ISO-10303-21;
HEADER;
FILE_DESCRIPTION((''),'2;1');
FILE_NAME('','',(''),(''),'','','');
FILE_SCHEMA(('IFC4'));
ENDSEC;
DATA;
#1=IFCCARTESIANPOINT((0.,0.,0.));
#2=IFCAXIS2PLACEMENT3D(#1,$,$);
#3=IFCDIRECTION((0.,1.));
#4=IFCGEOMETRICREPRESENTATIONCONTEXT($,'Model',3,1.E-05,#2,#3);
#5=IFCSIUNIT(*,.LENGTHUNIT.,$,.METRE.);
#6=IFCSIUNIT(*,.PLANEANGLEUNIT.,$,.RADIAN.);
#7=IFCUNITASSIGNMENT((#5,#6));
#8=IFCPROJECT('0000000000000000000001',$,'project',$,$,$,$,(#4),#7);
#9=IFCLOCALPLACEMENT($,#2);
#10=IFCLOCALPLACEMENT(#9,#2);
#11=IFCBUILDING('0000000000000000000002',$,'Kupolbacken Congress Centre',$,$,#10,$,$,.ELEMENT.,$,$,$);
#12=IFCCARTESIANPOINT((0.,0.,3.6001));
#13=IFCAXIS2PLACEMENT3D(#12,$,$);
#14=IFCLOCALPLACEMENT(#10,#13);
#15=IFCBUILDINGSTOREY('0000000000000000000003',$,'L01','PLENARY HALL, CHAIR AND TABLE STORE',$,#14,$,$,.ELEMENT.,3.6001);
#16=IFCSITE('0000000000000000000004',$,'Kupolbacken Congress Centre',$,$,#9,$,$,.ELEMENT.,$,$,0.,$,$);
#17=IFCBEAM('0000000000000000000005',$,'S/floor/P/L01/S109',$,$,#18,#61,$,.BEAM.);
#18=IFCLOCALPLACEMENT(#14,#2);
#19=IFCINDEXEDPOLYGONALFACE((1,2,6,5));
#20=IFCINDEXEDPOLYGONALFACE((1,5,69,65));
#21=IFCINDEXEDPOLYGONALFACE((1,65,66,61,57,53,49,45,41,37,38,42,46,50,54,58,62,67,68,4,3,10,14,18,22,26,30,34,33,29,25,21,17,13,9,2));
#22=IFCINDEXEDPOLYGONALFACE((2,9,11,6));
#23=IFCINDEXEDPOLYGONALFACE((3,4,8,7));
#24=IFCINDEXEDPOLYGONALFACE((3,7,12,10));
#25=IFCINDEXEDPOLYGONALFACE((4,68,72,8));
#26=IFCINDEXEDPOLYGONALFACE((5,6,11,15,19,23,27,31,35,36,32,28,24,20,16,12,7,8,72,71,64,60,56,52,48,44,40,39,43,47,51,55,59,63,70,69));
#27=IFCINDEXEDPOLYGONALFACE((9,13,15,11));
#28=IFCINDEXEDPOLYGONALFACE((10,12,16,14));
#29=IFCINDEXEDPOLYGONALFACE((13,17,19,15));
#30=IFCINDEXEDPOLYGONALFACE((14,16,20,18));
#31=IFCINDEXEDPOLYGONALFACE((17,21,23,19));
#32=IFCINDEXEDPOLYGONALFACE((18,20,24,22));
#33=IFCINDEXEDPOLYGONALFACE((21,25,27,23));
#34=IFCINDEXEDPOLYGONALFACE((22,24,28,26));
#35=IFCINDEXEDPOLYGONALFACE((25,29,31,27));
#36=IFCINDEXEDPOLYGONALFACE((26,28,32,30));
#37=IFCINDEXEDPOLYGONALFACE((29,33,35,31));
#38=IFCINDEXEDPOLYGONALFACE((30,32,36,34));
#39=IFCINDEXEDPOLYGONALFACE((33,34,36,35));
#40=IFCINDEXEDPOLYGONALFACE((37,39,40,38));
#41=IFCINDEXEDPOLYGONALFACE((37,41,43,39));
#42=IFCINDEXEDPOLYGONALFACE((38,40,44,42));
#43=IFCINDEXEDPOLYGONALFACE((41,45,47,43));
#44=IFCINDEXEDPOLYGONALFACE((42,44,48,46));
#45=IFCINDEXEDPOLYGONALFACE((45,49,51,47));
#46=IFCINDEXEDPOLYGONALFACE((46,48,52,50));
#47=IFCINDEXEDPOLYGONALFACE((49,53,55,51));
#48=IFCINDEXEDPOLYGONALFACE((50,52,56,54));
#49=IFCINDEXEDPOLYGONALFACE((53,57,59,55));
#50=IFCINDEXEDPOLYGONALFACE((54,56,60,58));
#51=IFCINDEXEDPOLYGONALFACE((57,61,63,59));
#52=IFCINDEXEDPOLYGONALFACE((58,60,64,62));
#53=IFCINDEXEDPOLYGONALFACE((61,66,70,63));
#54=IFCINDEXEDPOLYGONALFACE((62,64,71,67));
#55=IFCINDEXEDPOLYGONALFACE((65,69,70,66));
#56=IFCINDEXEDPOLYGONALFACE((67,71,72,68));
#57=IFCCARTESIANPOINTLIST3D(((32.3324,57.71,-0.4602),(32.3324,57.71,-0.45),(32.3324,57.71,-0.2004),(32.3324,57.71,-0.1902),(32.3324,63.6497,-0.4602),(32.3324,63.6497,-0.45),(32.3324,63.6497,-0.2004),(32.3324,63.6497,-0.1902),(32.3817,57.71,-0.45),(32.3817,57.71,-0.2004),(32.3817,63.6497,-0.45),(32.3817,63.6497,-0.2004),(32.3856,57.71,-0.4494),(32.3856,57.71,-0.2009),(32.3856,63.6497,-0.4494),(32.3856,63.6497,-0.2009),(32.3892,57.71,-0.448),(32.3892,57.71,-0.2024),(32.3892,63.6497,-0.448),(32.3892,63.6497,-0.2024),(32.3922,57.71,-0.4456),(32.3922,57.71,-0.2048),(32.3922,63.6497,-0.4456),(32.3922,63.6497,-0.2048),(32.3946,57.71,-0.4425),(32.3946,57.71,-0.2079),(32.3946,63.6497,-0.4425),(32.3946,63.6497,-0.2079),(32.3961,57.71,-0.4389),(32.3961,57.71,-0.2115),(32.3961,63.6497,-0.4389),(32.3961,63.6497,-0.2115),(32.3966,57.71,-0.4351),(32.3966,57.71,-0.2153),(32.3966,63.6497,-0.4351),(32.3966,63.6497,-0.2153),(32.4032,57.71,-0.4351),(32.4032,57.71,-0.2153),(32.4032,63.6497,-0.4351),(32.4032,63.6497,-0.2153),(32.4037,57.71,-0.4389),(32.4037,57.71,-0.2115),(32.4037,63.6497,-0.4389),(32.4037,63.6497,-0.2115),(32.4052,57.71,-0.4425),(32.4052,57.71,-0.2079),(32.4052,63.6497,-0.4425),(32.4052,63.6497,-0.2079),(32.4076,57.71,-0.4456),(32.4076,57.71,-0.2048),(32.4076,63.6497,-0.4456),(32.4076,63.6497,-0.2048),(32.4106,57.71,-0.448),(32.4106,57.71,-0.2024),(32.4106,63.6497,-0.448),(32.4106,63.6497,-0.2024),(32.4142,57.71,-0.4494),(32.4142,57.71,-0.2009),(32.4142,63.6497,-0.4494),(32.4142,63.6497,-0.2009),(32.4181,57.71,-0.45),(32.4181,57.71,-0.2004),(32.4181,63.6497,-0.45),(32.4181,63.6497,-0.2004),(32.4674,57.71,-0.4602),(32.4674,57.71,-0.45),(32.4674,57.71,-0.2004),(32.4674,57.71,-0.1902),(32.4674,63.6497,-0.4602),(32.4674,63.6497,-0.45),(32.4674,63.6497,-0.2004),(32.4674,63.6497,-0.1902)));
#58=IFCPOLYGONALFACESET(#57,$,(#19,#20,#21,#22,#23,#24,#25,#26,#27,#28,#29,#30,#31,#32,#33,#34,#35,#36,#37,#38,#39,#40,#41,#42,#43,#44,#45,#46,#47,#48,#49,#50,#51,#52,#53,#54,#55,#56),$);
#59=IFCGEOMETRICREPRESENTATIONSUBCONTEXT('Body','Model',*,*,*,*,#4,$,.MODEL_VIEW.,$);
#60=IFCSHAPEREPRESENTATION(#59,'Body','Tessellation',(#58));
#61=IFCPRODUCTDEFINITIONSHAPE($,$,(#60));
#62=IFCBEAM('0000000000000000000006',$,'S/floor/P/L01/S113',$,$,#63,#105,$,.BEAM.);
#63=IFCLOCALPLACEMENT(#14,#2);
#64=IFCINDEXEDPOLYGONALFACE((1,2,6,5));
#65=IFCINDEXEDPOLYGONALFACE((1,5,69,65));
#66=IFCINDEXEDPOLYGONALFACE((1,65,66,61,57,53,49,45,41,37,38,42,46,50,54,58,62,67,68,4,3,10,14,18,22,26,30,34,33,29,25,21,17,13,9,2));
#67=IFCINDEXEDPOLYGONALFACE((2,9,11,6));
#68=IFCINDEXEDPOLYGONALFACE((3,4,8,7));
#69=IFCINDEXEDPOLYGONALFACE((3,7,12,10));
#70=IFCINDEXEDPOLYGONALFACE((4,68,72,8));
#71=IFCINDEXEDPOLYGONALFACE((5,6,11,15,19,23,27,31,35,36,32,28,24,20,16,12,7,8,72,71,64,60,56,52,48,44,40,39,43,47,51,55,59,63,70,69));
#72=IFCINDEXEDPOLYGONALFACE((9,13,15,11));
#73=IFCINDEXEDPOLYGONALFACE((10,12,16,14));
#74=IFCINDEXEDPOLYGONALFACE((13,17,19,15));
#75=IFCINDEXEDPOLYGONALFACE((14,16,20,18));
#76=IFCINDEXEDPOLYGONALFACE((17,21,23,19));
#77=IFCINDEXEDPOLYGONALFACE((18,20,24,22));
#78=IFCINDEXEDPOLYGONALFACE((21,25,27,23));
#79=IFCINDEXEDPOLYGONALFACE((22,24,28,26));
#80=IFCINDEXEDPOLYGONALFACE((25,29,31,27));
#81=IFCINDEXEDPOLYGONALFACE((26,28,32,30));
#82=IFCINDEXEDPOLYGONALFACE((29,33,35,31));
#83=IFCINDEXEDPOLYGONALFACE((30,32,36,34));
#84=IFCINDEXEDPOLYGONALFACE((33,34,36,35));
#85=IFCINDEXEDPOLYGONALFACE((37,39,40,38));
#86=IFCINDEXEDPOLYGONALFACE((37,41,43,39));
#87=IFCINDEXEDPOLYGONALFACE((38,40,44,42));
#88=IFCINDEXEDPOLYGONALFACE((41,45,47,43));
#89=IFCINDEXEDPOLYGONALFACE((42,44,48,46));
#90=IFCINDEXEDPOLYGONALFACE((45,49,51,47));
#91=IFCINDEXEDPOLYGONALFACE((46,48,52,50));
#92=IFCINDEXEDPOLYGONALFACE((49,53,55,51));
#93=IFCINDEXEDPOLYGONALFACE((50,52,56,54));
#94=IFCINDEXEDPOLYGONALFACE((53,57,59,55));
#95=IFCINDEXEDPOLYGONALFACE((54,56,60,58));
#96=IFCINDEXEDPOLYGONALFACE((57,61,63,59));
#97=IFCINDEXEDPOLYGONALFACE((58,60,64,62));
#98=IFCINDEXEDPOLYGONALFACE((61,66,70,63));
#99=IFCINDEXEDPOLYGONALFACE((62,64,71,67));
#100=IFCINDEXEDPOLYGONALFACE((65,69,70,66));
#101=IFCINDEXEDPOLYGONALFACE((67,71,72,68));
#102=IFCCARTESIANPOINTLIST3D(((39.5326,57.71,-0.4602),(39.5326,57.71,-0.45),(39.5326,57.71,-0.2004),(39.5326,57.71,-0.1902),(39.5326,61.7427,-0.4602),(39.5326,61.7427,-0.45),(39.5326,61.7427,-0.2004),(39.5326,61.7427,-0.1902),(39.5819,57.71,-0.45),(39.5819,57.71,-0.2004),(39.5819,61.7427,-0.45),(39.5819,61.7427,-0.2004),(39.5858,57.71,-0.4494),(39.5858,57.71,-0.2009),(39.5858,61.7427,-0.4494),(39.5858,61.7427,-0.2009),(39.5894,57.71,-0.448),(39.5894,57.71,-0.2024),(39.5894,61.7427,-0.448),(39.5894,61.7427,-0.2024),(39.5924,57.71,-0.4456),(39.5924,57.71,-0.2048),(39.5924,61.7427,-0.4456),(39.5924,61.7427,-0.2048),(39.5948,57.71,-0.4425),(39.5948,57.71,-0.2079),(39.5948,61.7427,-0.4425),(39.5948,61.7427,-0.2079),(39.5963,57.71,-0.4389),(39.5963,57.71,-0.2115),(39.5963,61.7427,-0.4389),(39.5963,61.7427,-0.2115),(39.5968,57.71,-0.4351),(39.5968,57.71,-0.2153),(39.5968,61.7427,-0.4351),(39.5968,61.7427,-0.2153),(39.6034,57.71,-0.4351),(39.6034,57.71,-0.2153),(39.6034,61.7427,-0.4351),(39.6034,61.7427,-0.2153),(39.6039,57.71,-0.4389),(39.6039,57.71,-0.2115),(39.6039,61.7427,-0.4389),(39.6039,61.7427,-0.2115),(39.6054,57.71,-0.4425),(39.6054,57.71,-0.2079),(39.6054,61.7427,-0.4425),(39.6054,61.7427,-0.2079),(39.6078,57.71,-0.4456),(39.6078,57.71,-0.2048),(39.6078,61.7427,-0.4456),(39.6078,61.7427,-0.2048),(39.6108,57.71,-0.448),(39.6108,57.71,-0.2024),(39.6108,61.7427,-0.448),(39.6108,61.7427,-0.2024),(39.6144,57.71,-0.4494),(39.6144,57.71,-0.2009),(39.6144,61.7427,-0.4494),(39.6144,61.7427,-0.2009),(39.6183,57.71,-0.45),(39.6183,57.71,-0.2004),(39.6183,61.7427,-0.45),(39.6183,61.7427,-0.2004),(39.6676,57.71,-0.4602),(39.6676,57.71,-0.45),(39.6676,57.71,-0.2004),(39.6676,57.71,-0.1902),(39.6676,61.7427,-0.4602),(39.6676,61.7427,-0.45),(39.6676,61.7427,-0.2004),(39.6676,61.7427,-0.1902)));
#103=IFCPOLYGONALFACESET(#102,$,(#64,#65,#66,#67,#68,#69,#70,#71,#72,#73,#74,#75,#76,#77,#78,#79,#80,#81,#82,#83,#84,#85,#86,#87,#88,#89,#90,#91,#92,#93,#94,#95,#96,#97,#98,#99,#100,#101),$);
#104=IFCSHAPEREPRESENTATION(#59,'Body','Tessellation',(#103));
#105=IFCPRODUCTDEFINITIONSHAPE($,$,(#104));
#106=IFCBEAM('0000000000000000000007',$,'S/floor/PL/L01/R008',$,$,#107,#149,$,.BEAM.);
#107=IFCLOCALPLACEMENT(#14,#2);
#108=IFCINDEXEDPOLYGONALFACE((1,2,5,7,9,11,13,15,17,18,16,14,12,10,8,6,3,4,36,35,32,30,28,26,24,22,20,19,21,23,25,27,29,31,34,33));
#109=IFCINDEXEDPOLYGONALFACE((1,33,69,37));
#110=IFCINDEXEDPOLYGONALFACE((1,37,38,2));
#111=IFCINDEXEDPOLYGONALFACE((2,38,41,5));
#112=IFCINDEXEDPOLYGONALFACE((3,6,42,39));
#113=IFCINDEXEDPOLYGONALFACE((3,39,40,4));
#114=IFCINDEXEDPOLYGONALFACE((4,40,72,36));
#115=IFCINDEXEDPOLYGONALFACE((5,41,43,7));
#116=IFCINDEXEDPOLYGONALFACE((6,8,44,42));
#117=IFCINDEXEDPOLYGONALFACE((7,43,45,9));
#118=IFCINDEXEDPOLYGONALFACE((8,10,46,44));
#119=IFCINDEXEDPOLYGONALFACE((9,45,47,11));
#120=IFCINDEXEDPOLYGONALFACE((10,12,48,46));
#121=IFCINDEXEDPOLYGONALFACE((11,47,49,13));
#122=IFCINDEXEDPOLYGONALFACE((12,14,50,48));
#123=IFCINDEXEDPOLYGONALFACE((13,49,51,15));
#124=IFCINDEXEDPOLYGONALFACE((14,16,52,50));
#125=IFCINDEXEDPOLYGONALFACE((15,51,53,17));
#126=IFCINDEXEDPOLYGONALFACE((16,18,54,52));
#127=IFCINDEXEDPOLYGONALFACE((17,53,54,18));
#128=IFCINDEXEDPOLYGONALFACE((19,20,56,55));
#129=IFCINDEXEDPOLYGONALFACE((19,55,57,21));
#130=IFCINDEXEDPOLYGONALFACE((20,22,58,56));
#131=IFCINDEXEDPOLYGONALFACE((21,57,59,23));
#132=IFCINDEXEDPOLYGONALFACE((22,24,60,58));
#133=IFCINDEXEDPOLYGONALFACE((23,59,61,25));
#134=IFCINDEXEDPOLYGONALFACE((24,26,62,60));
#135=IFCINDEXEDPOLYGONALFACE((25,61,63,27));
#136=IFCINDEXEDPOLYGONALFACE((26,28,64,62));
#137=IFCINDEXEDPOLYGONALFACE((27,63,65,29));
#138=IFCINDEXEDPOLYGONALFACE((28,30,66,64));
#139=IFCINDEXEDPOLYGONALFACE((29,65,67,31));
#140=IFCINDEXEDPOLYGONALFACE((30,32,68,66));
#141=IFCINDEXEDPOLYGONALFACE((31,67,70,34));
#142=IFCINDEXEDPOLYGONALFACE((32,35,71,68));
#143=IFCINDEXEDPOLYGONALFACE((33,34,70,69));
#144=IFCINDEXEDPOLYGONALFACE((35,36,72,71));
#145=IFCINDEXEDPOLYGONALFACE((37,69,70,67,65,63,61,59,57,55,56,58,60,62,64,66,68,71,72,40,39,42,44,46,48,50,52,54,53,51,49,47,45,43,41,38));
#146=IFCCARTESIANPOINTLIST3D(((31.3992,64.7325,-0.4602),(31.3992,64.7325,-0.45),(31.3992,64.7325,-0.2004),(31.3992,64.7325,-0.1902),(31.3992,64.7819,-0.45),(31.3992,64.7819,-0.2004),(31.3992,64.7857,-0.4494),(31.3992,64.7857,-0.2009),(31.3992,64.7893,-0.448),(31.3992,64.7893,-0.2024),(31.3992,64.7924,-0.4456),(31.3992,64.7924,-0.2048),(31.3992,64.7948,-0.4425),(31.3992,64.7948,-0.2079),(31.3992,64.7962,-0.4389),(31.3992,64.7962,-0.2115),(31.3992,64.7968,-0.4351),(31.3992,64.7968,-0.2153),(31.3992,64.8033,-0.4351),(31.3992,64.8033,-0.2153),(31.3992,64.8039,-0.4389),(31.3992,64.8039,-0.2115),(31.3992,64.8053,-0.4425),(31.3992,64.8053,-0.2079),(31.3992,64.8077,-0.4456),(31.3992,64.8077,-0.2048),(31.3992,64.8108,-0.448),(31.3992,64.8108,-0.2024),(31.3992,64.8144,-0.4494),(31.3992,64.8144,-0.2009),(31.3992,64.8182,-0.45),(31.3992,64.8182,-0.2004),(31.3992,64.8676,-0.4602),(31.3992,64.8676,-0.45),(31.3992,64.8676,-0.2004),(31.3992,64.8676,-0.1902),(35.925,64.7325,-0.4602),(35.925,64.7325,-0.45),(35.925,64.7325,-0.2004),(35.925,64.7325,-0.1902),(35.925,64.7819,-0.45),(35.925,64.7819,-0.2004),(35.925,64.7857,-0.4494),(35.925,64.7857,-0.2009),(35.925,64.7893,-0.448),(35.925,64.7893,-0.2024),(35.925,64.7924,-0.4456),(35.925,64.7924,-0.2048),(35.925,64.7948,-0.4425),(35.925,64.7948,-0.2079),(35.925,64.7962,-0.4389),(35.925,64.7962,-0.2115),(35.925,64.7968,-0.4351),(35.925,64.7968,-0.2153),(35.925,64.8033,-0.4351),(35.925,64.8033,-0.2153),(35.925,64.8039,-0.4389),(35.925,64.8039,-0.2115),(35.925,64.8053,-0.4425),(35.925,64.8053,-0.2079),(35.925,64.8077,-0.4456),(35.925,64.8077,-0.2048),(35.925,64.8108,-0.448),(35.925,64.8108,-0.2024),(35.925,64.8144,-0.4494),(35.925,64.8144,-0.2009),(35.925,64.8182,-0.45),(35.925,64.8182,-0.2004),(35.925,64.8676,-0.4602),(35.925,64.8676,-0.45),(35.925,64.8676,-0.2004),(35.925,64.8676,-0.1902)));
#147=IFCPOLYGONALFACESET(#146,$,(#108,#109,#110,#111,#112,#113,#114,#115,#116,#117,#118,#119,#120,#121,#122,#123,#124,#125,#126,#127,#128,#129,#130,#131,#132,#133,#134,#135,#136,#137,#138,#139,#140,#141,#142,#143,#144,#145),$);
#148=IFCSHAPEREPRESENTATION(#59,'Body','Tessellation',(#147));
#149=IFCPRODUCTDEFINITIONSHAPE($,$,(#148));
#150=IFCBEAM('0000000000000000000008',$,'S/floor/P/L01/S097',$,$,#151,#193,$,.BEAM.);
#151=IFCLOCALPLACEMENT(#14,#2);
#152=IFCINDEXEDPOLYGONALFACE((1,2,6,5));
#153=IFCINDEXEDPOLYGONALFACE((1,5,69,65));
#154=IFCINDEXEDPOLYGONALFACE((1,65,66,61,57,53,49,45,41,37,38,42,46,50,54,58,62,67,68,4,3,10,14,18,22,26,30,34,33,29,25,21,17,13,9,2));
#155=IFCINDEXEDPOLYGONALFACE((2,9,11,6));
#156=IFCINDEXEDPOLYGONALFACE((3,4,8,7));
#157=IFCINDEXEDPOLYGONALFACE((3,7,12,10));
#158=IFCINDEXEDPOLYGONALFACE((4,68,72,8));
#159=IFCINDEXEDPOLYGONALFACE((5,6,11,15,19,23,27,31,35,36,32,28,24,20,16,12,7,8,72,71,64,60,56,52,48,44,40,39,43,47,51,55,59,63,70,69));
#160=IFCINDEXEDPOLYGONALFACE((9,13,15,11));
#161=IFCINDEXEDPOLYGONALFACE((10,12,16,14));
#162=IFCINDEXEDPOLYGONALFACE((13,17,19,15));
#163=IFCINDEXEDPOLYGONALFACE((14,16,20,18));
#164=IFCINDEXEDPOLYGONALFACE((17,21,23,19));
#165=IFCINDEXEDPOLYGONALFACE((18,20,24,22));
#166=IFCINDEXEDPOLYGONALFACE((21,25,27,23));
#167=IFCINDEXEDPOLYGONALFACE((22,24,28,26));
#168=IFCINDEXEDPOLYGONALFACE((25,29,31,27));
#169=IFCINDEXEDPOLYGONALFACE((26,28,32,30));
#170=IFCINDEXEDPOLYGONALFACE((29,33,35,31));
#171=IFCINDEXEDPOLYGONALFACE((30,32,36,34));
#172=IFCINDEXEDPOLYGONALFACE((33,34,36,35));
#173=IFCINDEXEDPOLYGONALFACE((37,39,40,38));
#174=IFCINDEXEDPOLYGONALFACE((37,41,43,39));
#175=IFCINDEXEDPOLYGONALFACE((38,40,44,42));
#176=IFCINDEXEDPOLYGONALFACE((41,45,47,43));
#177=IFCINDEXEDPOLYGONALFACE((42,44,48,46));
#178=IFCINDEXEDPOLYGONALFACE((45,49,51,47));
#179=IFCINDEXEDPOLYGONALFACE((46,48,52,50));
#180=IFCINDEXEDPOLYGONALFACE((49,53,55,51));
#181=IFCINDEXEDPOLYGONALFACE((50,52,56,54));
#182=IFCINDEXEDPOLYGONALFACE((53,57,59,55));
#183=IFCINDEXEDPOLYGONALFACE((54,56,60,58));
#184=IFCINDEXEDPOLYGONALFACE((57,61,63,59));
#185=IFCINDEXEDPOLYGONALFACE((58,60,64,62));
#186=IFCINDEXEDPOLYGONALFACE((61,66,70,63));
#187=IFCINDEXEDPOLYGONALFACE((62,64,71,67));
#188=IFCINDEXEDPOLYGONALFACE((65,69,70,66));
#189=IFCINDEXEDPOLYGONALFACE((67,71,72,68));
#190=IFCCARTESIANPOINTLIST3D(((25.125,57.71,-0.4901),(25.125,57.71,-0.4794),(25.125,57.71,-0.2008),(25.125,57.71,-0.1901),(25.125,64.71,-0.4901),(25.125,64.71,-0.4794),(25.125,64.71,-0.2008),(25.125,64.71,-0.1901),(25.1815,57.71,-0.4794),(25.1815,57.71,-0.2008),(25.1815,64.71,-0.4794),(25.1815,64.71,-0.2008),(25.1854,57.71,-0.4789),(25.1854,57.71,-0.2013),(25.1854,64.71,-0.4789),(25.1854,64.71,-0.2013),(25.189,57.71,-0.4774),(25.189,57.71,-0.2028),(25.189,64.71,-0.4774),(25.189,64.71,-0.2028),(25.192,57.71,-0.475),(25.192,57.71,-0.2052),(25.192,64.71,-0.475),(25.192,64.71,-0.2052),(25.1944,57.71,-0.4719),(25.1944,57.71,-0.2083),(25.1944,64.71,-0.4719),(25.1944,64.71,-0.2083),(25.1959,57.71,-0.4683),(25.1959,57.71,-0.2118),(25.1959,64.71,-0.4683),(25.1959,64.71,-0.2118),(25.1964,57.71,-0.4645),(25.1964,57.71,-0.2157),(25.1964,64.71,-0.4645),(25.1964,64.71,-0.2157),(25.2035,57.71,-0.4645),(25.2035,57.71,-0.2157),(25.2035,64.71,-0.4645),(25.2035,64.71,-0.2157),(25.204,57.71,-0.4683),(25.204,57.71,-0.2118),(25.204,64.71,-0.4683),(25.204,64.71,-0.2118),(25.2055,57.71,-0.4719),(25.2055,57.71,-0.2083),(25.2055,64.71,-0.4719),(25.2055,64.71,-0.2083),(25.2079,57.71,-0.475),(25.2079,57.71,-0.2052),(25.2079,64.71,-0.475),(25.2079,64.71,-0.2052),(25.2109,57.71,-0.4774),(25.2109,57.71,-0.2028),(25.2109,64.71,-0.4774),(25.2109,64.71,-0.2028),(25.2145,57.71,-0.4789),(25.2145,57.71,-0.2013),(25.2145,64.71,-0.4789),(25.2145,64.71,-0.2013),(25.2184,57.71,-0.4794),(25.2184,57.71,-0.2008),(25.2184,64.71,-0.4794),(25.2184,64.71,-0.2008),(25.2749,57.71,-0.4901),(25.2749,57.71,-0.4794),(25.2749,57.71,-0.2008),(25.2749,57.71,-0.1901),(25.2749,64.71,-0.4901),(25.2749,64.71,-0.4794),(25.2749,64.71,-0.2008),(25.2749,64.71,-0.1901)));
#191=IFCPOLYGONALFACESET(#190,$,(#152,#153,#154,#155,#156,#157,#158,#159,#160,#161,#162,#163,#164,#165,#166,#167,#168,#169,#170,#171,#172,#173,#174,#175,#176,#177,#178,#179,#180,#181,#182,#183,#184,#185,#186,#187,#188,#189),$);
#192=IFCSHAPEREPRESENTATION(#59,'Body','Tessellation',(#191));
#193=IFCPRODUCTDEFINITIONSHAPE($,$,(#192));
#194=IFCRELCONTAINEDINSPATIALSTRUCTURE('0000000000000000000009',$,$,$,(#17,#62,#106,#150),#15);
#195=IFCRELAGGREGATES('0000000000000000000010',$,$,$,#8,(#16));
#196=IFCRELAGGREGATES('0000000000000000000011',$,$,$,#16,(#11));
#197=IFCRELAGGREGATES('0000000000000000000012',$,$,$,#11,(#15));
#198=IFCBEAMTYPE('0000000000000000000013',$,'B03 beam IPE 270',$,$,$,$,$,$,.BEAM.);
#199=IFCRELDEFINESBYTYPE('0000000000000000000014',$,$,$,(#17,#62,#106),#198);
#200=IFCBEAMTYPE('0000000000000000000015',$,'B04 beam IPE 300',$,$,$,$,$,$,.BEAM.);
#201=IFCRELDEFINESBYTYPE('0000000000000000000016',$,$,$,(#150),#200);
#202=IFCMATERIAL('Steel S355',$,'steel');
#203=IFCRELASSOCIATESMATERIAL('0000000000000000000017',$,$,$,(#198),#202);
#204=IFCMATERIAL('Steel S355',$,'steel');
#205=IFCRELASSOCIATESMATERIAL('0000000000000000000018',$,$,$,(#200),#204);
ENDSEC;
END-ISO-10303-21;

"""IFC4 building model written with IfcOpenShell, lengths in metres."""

from ifc_helpers import new_model, si_unit, direction, frame, origin, origin_2d, place, context, subcontext, project, spatial, i_section, extrude, material, material_profile, profile_set, type_object, element, save


model = new_model("IFC4")

# Units and contexts
model_context = context("Model", 3, precision=1e-05, world=origin(), true_north=direction((0.0, 1.0)))
body_context = subcontext(model_context, "Body", "Model", "MODEL_VIEW")
ifc_project = project(units=[si_unit("LENGTHUNIT", "METRE"), si_unit("PLANEANGLEUNIT", "RADIAN")], contexts=[model_context])

# Site, building, storey
site_placement = place(None, origin())
site = spatial("IfcSite", under=ifc_project, at=site_placement, Name="Kupolbacken Congress Centre", CompositionType="ELEMENT", RefElevation=0.0)
building_placement = place(site_placement, origin())
building = spatial("IfcBuilding", under=site, at=building_placement, Name="Kupolbacken Congress Centre", CompositionType="ELEMENT")
storey_placement = place(building_placement, frame((0.0, 0.0, 3.6001)))
storey = spatial("IfcBuildingStorey", under=building, at=storey_placement, Name="L01", Description="PLENARY HALL, CHAIR AND TABLE STORE", CompositionType="ELEMENT", Elevation=3.6001)

# Beams
ifc_material_1 = material(Name="Steel S355", Category="steel")
ifc_material_profile_1 = material_profile(ifc_material_1, i_section(OverallWidth=0.135, OverallDepth=0.27, WebThickness=0.0066, FlangeThickness=0.0103, FilletRadius=0.0149, at=origin_2d()), Name="IPE 270")
ifc_profile_set_1 = profile_set([ifc_material_profile_1], Name="Steel S355")
beam_type_1 = type_object("IfcBeamType", Name="B03 beam IPE 270", PredefinedType="BEAM", material=ifc_profile_set_1)
beam_1_placement = place(storey_placement, frame((32.3999, 57.71, -0.3252), z_axis=(0.0, 1.0, 0.0), x_axis=(-1.0, 0.0, 0.0)))
element("IfcBeam", 1, at=beam_1_placement, inside=storey, type_object=beam_type_1, Name="S/floor/P/L01/S109", PredefinedType="BEAM", context=body_context, shape_type="SweptSolid", body=[
    extrude(i_section(OverallWidth=0.135, OverallDepth=0.27, WebThickness=0.0066, FlangeThickness=0.0103, FilletRadius=0.0149, at=origin_2d()), origin(), (0.0, 0.0, 1.0), 5.9397),
])
beam_2_placement = place(storey_placement, frame((39.6001, 57.71, -0.3252), z_axis=(0.0, 1.0, 0.0), x_axis=(-1.0, 0.0, 0.0)))
element("IfcBeam", 2, at=beam_2_placement, inside=storey, type_object=beam_type_1, Name="S/floor/P/L01/S113", PredefinedType="BEAM", context=body_context, shape_type="SweptSolid", body=[
    extrude(i_section(OverallWidth=0.135, OverallDepth=0.27, WebThickness=0.0066, FlangeThickness=0.0103, FilletRadius=0.0149, at=origin_2d()), origin(), (0.0, 0.0, 1.0), 4.0327),
])
beam_3_placement = place(storey_placement, frame((31.3992, 64.8, -0.3252), z_axis=(1.0, 0.0, 0.0), x_axis=(0.0, 1.0, 0.0)))
element("IfcBeam", 3, at=beam_3_placement, inside=storey, type_object=beam_type_1, Name="S/floor/PL/L01/R008", PredefinedType="BEAM", context=body_context, shape_type="SweptSolid", body=[
    extrude(i_section(OverallWidth=0.135, OverallDepth=0.27, WebThickness=0.0066, FlangeThickness=0.0103, FilletRadius=0.0149, at=origin_2d()), origin(), (0.0, 0.0, 1.0), 4.5259),
])
ifc_material_2 = material(Name="Steel S355", Category="steel")
ifc_material_profile_2 = material_profile(ifc_material_2, i_section(OverallWidth=0.1499, OverallDepth=0.3, WebThickness=0.0071, FlangeThickness=0.0107, FilletRadius=0.0149, at=origin_2d()), Name="IPE 300")
ifc_profile_set_2 = profile_set([ifc_material_profile_2], Name="Steel S355")
beam_type_2 = type_object("IfcBeamType", Name="B04 beam IPE 300", PredefinedType="BEAM", material=ifc_profile_set_2)
for number, where, z_axis, x_axis, name in (
    (4, (25.2, 57.71, -0.3401), (0.0, 1.0, 0.0), (-1.0, 0.0, 0.0), "S/floor/P/L01/S097"),
):
    element("IfcBeam", number, at=place(storey_placement, frame(where, z_axis=z_axis, x_axis=x_axis)), inside=storey, type_object=beam_type_2, Name=name, PredefinedType="BEAM", context=body_context, shape_type="SweptSolid", body=[
        extrude(i_section(OverallWidth=0.1499, OverallDepth=0.3, WebThickness=0.0071, FlangeThickness=0.0107, FilletRadius=0.0149, at=origin_2d()), origin(), (0.0, 0.0, 1.0), 7.0),
    ])

save(model, "model.ifc")
